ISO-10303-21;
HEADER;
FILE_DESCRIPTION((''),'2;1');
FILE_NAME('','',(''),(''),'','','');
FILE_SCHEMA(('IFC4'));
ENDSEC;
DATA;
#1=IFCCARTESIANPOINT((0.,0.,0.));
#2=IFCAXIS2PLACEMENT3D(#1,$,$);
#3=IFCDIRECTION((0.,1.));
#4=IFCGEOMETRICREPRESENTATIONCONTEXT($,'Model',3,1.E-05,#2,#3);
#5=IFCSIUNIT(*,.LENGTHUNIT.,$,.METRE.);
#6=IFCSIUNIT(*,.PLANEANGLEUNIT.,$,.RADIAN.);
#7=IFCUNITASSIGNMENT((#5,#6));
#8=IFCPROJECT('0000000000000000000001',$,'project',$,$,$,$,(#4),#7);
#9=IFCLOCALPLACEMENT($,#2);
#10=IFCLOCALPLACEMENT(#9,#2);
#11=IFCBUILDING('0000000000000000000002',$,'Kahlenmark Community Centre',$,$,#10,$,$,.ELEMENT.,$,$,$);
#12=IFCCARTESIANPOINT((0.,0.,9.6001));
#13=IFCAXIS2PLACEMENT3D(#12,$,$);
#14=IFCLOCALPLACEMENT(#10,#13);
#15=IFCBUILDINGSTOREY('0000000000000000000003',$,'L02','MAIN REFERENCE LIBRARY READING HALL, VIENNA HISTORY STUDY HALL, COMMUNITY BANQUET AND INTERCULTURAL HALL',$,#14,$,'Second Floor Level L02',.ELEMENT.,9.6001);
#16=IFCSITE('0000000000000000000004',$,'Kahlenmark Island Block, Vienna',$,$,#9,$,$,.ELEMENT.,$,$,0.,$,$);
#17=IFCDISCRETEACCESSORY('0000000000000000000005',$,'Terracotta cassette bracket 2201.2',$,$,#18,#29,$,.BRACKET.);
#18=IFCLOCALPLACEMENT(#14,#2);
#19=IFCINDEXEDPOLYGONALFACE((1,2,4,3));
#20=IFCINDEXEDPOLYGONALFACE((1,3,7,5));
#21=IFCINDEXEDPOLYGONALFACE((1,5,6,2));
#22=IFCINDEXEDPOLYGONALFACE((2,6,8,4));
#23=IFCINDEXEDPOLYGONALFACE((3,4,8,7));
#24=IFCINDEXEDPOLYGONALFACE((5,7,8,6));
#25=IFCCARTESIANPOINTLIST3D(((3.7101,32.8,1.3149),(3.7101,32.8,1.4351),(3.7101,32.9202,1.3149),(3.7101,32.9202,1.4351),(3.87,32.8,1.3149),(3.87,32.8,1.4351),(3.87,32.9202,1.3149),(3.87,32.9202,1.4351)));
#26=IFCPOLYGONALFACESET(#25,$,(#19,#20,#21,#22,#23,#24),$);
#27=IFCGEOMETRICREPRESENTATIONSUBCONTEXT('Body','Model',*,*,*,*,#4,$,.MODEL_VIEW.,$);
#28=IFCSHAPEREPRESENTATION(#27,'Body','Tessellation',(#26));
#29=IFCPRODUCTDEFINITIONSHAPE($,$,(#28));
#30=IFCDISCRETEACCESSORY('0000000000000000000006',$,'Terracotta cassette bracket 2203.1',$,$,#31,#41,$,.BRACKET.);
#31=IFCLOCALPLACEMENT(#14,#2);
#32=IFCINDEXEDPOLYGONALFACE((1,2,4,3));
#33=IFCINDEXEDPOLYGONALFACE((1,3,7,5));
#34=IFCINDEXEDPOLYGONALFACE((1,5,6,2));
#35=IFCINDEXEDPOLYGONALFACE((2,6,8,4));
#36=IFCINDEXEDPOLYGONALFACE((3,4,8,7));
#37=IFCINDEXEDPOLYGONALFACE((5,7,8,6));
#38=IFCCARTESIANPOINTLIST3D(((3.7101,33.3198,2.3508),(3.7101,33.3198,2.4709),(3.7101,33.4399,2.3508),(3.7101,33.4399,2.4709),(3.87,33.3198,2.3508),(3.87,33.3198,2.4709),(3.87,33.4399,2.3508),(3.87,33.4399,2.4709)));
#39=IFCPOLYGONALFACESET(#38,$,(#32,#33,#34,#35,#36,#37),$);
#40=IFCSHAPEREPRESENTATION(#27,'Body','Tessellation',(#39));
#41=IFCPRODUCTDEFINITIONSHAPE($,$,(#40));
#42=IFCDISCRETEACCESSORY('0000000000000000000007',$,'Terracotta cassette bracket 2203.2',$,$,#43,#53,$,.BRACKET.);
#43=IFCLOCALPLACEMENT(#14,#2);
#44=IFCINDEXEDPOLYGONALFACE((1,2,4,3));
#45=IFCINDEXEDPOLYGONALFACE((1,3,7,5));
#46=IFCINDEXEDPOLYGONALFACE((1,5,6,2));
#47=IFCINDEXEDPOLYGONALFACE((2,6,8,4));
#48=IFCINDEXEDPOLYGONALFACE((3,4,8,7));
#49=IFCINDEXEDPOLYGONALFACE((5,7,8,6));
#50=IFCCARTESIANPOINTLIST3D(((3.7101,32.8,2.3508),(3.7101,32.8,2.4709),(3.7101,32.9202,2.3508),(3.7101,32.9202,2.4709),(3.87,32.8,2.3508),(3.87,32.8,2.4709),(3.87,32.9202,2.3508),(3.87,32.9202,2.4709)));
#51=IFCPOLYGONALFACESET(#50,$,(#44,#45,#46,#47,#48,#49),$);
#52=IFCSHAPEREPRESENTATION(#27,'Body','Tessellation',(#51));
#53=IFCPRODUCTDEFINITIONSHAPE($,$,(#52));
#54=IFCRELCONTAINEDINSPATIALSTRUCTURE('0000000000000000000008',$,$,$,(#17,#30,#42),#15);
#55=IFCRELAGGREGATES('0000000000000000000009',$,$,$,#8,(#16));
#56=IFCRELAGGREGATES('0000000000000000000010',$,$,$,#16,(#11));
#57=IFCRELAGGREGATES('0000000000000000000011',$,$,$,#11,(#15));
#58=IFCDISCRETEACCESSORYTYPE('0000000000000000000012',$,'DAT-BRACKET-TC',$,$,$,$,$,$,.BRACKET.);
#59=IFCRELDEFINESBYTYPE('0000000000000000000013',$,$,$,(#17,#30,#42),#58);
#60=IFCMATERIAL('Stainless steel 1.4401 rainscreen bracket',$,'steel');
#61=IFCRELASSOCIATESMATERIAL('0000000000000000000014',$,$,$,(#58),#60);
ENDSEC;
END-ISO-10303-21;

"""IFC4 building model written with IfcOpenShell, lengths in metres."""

from ifc_helpers import new_model, si_unit, direction, frame, origin, origin_2d, place, context, subcontext, project, spatial, rectangle, extrude, material, type_object, element, save


model = new_model("IFC4")

# Units and contexts
model_context = context("Model", 3, precision=1e-05, world=origin(), true_north=direction((0.0, 1.0)))
body_context = subcontext(model_context, "Body", "Model", "MODEL_VIEW")
ifc_project = project(units=[si_unit("LENGTHUNIT", "METRE"), si_unit("PLANEANGLEUNIT", "RADIAN")], contexts=[model_context])

# Site, building, storey
site_placement = place(None, origin())
site = spatial("IfcSite", under=ifc_project, at=site_placement, Name="Kahlenmark Island Block, Vienna", CompositionType="ELEMENT", RefElevation=0.0)
building_placement = place(site_placement, origin())
building = spatial("IfcBuilding", under=site, at=building_placement, Name="Kahlenmark Community Centre", CompositionType="ELEMENT")
storey_placement = place(building_placement, frame((0.0, 0.0, 9.6001)))
storey = spatial("IfcBuildingStorey", under=building, at=storey_placement, Name="L02", Description="MAIN REFERENCE LIBRARY READING HALL, VIENNA HISTORY STUDY HALL, COMMUNITY BANQUET AND INTERCULTURAL HALL", LongName="Second Floor Level L02", CompositionType="ELEMENT", Elevation=9.6001)

# Discrete accessories
ifc_material_1 = material(Name="Stainless steel 1.4401 rainscreen bracket", Category="steel")
discrete_accessory_type = type_object("IfcDiscreteAccessoryType", Name="DAT-BRACKET-TC", PredefinedType="BRACKET", material=ifc_material_1)
for number, where, z_axis, x_axis, name in (
    (1, (3.79, 32.8601, 1.3149), (0.0, 0.0, 1.0), (0.0, -1.0, 0.0), "Terracotta cassette bracket 2201.2"),
    (2, (3.79, 33.3799, 2.3508), (0.0, 0.0, 1.0), (0.0, -1.0, 0.0), "Terracotta cassette bracket 2203.1"),
    (3, (3.79, 32.8601, 2.3508), (0.0, 0.0, 1.0), (0.0, -1.0, 0.0), "Terracotta cassette bracket 2203.2"),
):
    element("IfcDiscreteAccessory", number, at=place(storey_placement, frame(where, z_axis=z_axis, x_axis=x_axis)), inside=storey, type_object=discrete_accessory_type, Name=name, PredefinedType="BRACKET", context=body_context, shape_type="SweptSolid", body=[
        extrude(rectangle(XDim=0.1201, YDim=0.1599, at=origin_2d()), origin(), (0.0, 0.0, 1.0), 0.1201),
    ])

save(model, "model.ifc")
